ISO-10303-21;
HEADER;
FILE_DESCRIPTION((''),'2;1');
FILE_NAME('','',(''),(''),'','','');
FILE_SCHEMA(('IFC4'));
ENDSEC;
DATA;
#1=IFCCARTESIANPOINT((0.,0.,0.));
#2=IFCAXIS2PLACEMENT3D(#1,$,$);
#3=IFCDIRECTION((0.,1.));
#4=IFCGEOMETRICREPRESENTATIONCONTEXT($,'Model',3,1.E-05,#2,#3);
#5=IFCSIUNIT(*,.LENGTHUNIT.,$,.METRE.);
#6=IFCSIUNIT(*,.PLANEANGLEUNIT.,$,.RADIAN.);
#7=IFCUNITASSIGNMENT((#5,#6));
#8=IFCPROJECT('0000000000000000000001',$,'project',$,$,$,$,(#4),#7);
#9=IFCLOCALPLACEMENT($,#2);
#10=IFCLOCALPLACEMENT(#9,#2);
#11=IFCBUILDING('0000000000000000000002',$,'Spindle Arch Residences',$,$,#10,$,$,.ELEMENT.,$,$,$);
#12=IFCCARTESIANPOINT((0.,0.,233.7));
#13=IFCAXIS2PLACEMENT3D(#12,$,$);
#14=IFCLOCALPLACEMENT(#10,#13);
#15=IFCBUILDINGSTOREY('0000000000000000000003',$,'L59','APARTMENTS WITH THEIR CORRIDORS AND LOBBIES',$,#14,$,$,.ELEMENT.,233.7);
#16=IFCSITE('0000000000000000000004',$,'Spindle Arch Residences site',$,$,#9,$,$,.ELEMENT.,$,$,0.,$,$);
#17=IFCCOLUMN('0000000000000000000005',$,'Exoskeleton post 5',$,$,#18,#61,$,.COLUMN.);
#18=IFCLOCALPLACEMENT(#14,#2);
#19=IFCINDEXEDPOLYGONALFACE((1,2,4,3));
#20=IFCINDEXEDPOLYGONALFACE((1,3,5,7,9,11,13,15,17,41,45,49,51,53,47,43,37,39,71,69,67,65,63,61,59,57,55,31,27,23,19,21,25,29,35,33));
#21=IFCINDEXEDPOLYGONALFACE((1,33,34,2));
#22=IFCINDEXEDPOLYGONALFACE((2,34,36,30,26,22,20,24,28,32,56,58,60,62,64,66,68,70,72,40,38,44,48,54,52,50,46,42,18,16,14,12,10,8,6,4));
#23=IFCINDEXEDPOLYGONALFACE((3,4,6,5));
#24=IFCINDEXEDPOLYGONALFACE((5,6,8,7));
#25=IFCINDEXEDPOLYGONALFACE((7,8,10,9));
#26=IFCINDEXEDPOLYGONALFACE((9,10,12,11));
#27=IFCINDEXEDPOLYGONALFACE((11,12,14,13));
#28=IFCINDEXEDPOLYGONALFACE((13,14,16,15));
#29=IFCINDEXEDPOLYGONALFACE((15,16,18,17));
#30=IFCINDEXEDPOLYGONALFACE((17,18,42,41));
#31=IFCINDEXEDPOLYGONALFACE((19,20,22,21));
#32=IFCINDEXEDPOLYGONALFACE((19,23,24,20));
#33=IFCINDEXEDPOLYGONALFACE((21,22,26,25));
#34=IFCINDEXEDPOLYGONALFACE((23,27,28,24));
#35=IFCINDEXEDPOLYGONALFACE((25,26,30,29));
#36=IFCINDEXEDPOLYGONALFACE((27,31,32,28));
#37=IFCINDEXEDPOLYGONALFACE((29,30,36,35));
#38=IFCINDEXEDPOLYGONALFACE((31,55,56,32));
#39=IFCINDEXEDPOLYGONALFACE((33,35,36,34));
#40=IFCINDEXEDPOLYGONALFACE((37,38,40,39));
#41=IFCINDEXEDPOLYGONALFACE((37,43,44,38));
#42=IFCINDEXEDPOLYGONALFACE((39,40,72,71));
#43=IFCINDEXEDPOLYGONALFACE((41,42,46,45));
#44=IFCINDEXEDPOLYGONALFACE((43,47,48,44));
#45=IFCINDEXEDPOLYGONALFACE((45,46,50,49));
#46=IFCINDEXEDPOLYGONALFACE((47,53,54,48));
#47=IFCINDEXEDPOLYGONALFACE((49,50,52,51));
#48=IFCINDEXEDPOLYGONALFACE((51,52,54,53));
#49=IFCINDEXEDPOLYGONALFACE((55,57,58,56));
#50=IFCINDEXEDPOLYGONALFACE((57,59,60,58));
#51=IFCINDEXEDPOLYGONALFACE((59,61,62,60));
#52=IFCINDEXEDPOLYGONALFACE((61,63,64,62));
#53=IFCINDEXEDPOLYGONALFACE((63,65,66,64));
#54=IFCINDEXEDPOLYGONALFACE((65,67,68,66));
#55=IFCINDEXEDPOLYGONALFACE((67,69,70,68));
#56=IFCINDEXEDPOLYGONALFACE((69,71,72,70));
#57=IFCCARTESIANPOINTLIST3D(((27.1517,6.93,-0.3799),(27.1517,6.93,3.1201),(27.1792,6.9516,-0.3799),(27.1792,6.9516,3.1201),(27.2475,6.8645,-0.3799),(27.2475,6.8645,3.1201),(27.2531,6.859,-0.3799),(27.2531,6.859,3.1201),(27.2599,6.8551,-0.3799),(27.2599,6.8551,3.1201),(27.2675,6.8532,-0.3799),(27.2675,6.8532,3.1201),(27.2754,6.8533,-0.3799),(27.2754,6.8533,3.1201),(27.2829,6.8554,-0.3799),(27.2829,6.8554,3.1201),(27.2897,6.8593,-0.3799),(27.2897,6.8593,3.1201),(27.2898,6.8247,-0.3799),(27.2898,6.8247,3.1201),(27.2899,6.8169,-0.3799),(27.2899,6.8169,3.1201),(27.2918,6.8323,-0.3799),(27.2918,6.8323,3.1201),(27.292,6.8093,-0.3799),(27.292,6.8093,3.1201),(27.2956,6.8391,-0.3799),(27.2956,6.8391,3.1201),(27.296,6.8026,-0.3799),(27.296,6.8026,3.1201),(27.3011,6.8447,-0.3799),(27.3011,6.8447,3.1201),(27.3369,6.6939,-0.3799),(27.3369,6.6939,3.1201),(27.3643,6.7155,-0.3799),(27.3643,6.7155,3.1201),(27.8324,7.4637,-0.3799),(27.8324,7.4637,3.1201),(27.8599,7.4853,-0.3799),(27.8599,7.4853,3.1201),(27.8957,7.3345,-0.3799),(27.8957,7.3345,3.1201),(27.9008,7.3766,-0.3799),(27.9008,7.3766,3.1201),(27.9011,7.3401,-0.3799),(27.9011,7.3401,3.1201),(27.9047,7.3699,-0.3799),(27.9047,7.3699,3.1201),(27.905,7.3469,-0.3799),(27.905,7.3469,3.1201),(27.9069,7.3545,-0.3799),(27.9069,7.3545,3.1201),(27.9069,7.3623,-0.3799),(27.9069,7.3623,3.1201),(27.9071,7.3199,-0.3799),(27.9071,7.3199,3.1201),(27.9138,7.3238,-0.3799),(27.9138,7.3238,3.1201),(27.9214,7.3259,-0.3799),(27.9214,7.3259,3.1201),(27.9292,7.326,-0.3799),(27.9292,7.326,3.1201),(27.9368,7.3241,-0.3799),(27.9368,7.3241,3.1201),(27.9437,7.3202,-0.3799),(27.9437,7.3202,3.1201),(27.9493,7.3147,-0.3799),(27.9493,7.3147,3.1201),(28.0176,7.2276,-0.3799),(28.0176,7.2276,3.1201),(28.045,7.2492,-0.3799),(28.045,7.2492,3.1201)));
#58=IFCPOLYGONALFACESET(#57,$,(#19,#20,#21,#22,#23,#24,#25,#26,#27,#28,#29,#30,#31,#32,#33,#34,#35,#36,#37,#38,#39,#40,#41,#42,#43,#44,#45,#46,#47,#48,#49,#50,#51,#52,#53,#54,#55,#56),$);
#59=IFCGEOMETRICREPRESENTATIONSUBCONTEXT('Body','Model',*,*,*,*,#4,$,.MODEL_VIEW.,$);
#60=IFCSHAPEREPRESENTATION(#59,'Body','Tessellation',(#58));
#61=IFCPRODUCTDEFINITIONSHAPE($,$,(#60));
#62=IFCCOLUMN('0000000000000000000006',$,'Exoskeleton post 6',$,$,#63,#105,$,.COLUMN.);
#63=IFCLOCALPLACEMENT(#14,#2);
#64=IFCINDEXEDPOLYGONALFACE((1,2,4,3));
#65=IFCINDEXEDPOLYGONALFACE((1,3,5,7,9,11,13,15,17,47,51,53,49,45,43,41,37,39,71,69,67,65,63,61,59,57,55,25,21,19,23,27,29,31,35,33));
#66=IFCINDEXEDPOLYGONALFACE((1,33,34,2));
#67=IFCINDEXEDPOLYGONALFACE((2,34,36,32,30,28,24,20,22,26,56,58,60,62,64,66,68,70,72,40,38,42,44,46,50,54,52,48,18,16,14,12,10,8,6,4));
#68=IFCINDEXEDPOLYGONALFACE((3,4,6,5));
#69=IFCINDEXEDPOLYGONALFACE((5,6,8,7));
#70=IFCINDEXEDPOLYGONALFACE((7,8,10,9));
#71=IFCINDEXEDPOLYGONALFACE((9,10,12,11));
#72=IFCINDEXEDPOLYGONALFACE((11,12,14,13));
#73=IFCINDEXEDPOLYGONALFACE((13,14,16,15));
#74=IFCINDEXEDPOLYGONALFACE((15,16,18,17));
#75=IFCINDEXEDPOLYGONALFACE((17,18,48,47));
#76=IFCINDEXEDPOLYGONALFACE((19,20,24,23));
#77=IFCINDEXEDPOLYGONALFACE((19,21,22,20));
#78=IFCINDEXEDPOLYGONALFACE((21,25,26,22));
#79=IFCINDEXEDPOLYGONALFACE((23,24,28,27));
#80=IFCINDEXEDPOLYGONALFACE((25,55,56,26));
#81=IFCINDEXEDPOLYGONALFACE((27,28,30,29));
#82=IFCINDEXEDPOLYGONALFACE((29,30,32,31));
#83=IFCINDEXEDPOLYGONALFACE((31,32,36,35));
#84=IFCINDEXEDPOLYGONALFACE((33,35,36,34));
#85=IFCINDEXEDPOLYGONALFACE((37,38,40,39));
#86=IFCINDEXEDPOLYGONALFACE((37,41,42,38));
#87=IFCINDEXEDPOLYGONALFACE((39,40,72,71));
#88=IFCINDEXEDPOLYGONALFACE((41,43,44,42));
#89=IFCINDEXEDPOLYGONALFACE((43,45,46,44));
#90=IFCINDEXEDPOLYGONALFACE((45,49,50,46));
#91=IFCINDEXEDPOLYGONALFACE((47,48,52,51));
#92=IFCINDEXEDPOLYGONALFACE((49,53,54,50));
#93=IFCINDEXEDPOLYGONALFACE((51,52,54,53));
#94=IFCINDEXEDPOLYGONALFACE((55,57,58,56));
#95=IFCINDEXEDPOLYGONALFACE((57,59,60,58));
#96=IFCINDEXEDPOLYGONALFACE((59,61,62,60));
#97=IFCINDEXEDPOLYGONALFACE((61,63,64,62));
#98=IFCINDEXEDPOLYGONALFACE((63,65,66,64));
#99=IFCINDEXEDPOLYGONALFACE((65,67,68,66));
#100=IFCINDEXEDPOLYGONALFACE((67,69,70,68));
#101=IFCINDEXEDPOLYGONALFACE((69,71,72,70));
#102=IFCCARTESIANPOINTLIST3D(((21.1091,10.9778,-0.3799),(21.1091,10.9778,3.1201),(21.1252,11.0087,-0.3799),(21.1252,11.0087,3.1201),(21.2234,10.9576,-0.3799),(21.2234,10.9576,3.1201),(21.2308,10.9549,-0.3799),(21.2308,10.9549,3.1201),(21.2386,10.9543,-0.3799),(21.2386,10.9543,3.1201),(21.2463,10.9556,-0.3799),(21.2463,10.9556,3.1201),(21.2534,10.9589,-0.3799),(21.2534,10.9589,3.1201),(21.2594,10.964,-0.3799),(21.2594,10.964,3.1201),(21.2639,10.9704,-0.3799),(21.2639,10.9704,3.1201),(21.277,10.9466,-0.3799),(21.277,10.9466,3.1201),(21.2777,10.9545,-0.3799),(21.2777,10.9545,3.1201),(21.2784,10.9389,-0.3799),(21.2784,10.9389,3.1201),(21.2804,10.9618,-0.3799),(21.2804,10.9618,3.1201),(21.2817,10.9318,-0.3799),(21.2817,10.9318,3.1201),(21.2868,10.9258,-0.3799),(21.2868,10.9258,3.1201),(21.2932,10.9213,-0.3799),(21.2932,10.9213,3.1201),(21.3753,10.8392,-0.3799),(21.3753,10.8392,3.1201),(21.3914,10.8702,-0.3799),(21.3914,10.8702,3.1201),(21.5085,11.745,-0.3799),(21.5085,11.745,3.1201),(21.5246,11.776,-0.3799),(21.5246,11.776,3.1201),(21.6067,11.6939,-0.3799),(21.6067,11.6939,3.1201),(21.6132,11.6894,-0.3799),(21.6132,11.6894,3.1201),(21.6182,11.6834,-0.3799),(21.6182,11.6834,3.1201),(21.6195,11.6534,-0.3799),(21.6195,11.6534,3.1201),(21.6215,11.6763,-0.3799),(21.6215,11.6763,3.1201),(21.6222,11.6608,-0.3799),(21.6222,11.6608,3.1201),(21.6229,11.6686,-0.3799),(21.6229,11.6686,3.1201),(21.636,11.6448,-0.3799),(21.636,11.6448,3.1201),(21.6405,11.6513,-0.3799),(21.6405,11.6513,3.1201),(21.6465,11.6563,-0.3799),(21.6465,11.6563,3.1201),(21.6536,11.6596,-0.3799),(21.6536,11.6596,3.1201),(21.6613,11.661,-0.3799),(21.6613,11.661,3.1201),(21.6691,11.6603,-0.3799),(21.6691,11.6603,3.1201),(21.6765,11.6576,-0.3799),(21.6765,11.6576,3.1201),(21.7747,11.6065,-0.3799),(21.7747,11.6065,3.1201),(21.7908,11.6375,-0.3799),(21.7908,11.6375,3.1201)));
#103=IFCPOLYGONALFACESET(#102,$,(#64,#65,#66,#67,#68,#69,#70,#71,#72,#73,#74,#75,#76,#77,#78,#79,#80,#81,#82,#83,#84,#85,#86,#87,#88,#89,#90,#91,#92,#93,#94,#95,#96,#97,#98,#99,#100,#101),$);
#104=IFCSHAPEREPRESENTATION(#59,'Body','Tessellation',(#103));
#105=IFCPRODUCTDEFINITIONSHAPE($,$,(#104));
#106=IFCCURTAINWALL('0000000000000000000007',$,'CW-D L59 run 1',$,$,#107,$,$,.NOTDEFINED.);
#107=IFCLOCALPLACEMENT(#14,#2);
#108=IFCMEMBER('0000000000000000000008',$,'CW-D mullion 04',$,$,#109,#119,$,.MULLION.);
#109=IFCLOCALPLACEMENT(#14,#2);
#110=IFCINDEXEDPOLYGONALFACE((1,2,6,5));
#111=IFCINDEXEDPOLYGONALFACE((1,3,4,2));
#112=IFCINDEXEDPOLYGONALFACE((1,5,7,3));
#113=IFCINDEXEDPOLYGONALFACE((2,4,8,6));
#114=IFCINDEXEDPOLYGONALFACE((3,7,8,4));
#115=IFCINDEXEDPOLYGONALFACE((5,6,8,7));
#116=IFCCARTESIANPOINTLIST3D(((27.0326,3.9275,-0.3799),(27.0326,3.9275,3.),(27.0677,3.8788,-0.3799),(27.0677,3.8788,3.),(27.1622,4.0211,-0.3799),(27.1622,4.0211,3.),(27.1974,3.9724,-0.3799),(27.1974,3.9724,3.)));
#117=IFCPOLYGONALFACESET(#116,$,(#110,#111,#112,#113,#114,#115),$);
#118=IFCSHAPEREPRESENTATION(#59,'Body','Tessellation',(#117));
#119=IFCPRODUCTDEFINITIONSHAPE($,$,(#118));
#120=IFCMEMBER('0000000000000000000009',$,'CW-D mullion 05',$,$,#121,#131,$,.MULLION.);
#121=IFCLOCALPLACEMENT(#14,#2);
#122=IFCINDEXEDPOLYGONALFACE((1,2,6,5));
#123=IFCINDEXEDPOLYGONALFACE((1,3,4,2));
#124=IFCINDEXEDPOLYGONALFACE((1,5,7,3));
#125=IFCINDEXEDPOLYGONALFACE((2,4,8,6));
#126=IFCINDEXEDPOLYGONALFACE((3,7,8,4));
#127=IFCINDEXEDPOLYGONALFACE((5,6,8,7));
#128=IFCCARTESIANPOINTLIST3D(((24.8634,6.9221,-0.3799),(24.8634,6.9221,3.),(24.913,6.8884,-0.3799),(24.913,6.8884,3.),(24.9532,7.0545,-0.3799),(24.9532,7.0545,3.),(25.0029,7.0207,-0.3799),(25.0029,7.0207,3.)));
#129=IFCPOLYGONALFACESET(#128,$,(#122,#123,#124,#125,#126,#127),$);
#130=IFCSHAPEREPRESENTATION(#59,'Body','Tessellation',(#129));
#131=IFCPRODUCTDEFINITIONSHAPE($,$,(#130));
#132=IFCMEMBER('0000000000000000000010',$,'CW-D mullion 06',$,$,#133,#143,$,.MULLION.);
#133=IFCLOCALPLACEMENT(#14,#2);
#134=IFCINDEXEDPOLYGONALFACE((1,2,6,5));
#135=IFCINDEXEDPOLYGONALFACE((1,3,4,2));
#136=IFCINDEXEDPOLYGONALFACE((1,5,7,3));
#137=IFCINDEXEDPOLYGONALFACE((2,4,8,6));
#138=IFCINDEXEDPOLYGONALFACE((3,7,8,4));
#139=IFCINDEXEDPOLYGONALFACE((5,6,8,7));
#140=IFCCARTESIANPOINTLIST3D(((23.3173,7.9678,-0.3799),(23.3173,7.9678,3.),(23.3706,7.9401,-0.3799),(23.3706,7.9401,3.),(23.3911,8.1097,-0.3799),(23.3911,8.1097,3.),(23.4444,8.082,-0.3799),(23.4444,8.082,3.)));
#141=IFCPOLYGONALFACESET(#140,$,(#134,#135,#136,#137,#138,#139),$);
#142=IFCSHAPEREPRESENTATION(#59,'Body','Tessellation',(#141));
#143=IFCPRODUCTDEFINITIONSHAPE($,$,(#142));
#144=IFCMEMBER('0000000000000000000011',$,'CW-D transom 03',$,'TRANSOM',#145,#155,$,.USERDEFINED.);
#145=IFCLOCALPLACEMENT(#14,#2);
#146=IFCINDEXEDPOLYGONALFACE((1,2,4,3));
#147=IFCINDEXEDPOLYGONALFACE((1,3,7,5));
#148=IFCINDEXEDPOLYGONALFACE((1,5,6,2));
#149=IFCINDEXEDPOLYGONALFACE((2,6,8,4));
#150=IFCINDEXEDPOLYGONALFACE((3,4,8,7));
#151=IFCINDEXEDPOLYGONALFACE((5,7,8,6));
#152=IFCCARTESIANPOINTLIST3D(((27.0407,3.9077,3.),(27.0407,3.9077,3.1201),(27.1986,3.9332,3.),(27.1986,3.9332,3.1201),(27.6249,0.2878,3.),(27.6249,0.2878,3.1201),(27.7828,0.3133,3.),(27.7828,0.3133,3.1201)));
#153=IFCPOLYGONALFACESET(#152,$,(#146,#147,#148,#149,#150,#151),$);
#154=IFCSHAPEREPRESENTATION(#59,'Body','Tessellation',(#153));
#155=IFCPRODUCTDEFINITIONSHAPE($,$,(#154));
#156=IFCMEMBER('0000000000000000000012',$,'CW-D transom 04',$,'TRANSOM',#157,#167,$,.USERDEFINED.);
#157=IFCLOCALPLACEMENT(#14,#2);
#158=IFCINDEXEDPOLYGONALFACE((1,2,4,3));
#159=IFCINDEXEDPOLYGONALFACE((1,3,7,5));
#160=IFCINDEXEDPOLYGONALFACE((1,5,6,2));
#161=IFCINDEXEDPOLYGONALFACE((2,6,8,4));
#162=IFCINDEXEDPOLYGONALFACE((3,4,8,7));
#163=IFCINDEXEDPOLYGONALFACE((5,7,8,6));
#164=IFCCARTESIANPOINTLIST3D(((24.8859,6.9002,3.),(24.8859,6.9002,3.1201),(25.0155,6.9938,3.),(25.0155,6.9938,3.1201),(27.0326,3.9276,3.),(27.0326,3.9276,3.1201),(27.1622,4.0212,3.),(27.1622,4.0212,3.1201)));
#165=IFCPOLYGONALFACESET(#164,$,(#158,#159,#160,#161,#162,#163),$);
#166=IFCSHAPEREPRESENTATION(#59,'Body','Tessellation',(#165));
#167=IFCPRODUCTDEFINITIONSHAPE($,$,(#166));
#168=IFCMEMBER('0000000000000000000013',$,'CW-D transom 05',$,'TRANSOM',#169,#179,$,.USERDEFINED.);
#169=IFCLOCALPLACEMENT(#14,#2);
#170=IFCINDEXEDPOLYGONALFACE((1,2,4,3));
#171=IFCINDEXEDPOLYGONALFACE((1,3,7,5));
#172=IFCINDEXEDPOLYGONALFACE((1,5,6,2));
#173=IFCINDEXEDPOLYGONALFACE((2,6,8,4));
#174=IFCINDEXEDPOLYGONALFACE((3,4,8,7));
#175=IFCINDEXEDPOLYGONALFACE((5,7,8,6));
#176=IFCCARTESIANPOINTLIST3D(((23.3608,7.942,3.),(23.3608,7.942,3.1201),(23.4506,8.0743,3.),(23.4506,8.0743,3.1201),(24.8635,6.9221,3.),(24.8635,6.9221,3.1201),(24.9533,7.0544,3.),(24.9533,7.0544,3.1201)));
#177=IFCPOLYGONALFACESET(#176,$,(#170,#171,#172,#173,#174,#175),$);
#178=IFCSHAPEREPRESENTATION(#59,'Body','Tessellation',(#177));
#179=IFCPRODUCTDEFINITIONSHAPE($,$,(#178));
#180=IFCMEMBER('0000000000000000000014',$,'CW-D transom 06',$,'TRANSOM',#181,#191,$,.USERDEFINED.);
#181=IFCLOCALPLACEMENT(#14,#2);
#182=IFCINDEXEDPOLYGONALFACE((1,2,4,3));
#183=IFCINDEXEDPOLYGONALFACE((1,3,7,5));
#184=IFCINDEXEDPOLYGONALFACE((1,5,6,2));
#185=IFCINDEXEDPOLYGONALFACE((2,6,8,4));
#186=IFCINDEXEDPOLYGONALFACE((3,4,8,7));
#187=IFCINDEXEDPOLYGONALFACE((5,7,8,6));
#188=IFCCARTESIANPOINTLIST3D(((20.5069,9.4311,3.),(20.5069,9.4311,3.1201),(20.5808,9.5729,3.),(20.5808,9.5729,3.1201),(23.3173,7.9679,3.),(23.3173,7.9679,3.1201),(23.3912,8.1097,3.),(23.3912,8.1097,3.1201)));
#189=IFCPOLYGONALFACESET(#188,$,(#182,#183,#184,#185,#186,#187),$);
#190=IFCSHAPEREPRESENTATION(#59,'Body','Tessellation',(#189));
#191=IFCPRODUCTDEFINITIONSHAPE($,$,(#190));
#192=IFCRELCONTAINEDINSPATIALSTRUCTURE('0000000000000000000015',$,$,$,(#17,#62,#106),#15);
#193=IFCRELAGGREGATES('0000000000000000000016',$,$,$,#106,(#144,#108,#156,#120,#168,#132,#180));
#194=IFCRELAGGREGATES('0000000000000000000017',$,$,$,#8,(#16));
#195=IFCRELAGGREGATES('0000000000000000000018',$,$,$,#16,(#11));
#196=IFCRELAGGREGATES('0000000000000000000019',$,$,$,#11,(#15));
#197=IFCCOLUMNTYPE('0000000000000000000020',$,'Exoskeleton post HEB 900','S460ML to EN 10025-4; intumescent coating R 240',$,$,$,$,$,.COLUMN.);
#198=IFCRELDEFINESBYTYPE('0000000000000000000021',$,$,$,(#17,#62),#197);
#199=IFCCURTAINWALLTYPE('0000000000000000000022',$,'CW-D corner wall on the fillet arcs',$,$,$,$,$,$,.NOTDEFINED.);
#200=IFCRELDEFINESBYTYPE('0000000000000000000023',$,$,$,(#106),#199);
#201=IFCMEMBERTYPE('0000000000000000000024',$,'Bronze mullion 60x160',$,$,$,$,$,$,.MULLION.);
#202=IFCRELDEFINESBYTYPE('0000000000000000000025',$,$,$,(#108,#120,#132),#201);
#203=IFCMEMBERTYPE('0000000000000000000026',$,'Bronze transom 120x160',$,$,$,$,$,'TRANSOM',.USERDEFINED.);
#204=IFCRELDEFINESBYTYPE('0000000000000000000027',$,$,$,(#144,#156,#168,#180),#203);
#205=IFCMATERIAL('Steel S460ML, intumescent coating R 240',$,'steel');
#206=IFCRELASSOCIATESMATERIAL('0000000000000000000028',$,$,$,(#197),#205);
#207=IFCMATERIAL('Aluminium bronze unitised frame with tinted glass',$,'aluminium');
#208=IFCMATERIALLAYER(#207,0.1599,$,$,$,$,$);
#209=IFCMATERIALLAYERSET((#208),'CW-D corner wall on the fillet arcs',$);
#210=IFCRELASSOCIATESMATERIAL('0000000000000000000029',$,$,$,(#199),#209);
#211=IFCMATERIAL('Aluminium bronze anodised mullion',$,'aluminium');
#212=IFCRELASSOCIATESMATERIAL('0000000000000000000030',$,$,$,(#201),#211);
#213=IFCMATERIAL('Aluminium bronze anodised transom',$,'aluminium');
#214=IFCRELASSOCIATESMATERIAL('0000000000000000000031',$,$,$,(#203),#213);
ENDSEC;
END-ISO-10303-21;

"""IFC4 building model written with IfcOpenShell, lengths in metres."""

from ifc_helpers import new_model, si_unit, direction, frame, origin, origin_2d, place, context, subcontext, project, spatial, rectangle, i_section, extrude, material, layer, layer_set, material_profile, profile_set, type_object, element, aggregate, save


model = new_model("IFC4")

# Units and contexts
model_context = context("Model", 3, precision=1e-05, world=origin(), true_north=direction((0.0, 1.0)))
body_context = subcontext(model_context, "Body", "Model", "MODEL_VIEW")
ifc_project = project(units=[si_unit("LENGTHUNIT", "METRE"), si_unit("PLANEANGLEUNIT", "RADIAN")], contexts=[model_context])

# Site, building, storey
site_placement = place(None, origin())
site = spatial("IfcSite", under=ifc_project, at=site_placement, Name="Spindle Arch Residences site", CompositionType="ELEMENT", RefElevation=0.0)
building_placement = place(site_placement, origin())
building = spatial("IfcBuilding", under=site, at=building_placement, Name="Spindle Arch Residences", CompositionType="ELEMENT")
storey_placement = place(building_placement, frame((0.0, 0.0, 233.7)))
storey = spatial("IfcBuildingStorey", under=building, at=storey_placement, Name="L59", Description="APARTMENTS WITH THEIR CORRIDORS AND LOBBIES", CompositionType="ELEMENT", Elevation=233.7)

# Columns
ifc_material_1 = material(Name="Steel S460ML, intumescent coating R 240", Category="steel")
ifc_material_profile_1 = material_profile(ifc_material_1, i_section(OverallWidth=0.3, OverallDepth=0.8999, WebThickness=0.0186, FlangeThickness=0.0349, FilletRadius=0.03, at=origin_2d()), Name="HEB 900")
ifc_profile_set_1 = profile_set([ifc_material_profile_1], Name="Steel S460ML, intumescent coating R 240")
column_type = type_object("IfcColumnType", Name="Exoskeleton post HEB 900", Description="S460ML to EN 10025-4; intumescent coating R 240", PredefinedType="COLUMN", material=ifc_profile_set_1)
for number, where, z_axis, x_axis, name in (
    (1, (27.5984, 7.0896, -0.3799), (0.0, 0.0, 1.0), (0.617002, -0.786962, 0.0), "Exoskeleton post 5"),
    (2, (21.45, 11.3076, -0.3799), (0.0, 0.0, 1.0), (0.887011, -0.461749, 0.0), "Exoskeleton post 6"),
):
    element("IfcColumn", number, at=place(storey_placement, frame(where, z_axis=z_axis, x_axis=x_axis)), inside=storey, type_object=column_type, Name=name, PredefinedType="COLUMN", context=body_context, shape_type="SweptSolid", body=[
        extrude(i_section(OverallWidth=0.3, OverallDepth=0.8999, WebThickness=0.0186, FlangeThickness=0.0349, FilletRadius=0.03, at=origin_2d()), origin(), (0.0, 0.0, 1.0), 3.5),
    ])

# Curtain wall, members
ifc_material_2 = material(Name="Aluminium bronze unitised frame with tinted glass", Category="aluminium")
ifc_layer_1 = layer(ifc_material_2, 0.1599)
ifc_layer_set_1 = layer_set([ifc_layer_1], Name="CW-D corner wall on the fillet arcs")
curtain_wall_type = type_object("IfcCurtainWallType", Name="CW-D corner wall on the fillet arcs", PredefinedType="NOTDEFINED", material=ifc_layer_set_1)
curtain_wall_placement = place(storey_placement, origin())
curtain_wall = element("IfcCurtainWall", 3, at=curtain_wall_placement, inside=storey, type_object=curtain_wall_type, Name="CW-D L59 run 1", PredefinedType="NOTDEFINED")
ifc_material_3 = material(Name="Aluminium bronze anodised mullion", Category="aluminium")
ifc_material_profile_2 = material_profile(ifc_material_3, rectangle(XDim=0.1599, YDim=0.0601, at=origin_2d()), Name="MU 60x160")
ifc_profile_set_2 = profile_set([ifc_material_profile_2], Name="Aluminium bronze anodised mullion")
member_type_1 = type_object("IfcMemberType", Name="Bronze mullion 60x160", PredefinedType="MULLION", material=ifc_profile_set_2)
member_1_placement = place(storey_placement, frame((27.115, 3.95, -0.3799), z_axis=(0.0, 0.0, 1.0), x_axis=(-0.810723, -0.585429, 0.0)))
member_1 = element("IfcMember", 4, at=member_1_placement, type_object=member_type_1, Name="CW-D mullion 04", PredefinedType="MULLION", context=body_context, shape_type="SweptSolid", body=[
    extrude(rectangle(XDim=0.1599, YDim=0.0601, at=origin_2d()), origin(), (0.0, 0.0, 1.0), 3.3799),
])
member_2_placement = place(storey_placement, frame((24.9331, 6.9714, -0.3799), z_axis=(0.0, 0.0, 1.0), x_axis=(-0.561602, -0.827407, 0.0)))
member_2 = element("IfcMember", 5, at=member_2_placement, type_object=member_type_1, Name="CW-D mullion 05", PredefinedType="MULLION", context=body_context, shape_type="SweptSolid", body=[
    extrude(rectangle(XDim=0.1599, YDim=0.0601, at=origin_2d()), origin(), (0.0, 0.0, 1.0), 3.3799),
])
member_3_placement = place(storey_placement, frame((23.3809, 8.0249, -0.3799), z_axis=(0.0, 0.0, 1.0), x_axis=(-0.461749, -0.887011, 0.0)))
member_3 = element("IfcMember", 6, at=member_3_placement, type_object=member_type_1, Name="CW-D mullion 06", PredefinedType="MULLION", context=body_context, shape_type="SweptSolid", body=[
    extrude(rectangle(XDim=0.1599, YDim=0.0601, at=origin_2d()), origin(), (0.0, 0.0, 1.0), 3.3799),
])
ifc_material_4 = material(Name="Aluminium bronze anodised transom", Category="aluminium")
ifc_material_profile_3 = material_profile(ifc_material_4, rectangle(XDim=0.1599, YDim=0.1201, at=origin_2d()), Name="TR 120x160")
ifc_profile_set_3 = profile_set([ifc_material_profile_3], Name="Aluminium bronze anodised transom")
member_type_2 = type_object("IfcMemberType", Name="Bronze transom 120x160", ElementType="TRANSOM", PredefinedType="USERDEFINED", material=ifc_profile_set_3)
member_4_placement = place(storey_placement, frame((27.7039, 0.3005, 3.0601), z_axis=(-0.159333, 0.987225, 0.0), x_axis=(-0.987225, -0.159333, 0.0)))
member_4 = element("IfcMember", 7, at=member_4_placement, type_object=member_type_2, Name="CW-D transom 03", ObjectType="TRANSOM", PredefinedType="USERDEFINED", context=body_context, shape_type="SweptSolid", body=[
    extrude(rectangle(XDim=0.1599, YDim=0.1201, at=origin_2d()), origin(), (0.0, 0.0, 1.0), 3.6667),
])
member_5_placement = place(storey_placement, frame((27.0974, 3.9744, 3.0601), z_axis=(-0.585457, 0.810704, 0.0), x_axis=(-0.810704, -0.585457, 0.0)))
member_5 = element("IfcMember", 8, at=member_5_placement, type_object=member_type_2, Name="CW-D transom 04", ObjectType="TRANSOM", PredefinedType="USERDEFINED", context=body_context, shape_type="SweptSolid", body=[
    extrude(rectangle(XDim=0.1599, YDim=0.1201, at=origin_2d()), origin(), (0.0, 0.0, 1.0), 3.6667),
])
member_6_placement = place(storey_placement, frame((24.9084, 6.9883, 3.0601), z_axis=(-0.827451, 0.561538, 0.0), x_axis=(-0.561538, -0.827451, 0.0)))
member_6 = element("IfcMember", 9, at=member_6_placement, type_object=member_type_2, Name="CW-D transom 05", ObjectType="TRANSOM", PredefinedType="USERDEFINED", context=body_context, shape_type="SweptSolid", body=[
    extrude(rectangle(XDim=0.1599, YDim=0.1201, at=origin_2d()), origin(), (0.0, 0.0, 1.0), 1.8162),
])
member_7_placement = place(storey_placement, frame((23.3542, 8.0388, 3.0601), z_axis=(-0.886987, 0.461794, 0.0), x_axis=(-0.461794, -0.886987, 0.0)))
member_7 = element("IfcMember", 10, at=member_7_placement, type_object=member_type_2, Name="CW-D transom 06", ObjectType="TRANSOM", PredefinedType="USERDEFINED", context=body_context, shape_type="SweptSolid", body=[
    extrude(rectangle(XDim=0.1599, YDim=0.1201, at=origin_2d()), origin(), (0.0, 0.0, 1.0), 3.1685),
])

aggregate(curtain_wall, [member_4, member_1, member_5, member_2, member_6, member_3, member_7])

save(model, "model.ifc")
